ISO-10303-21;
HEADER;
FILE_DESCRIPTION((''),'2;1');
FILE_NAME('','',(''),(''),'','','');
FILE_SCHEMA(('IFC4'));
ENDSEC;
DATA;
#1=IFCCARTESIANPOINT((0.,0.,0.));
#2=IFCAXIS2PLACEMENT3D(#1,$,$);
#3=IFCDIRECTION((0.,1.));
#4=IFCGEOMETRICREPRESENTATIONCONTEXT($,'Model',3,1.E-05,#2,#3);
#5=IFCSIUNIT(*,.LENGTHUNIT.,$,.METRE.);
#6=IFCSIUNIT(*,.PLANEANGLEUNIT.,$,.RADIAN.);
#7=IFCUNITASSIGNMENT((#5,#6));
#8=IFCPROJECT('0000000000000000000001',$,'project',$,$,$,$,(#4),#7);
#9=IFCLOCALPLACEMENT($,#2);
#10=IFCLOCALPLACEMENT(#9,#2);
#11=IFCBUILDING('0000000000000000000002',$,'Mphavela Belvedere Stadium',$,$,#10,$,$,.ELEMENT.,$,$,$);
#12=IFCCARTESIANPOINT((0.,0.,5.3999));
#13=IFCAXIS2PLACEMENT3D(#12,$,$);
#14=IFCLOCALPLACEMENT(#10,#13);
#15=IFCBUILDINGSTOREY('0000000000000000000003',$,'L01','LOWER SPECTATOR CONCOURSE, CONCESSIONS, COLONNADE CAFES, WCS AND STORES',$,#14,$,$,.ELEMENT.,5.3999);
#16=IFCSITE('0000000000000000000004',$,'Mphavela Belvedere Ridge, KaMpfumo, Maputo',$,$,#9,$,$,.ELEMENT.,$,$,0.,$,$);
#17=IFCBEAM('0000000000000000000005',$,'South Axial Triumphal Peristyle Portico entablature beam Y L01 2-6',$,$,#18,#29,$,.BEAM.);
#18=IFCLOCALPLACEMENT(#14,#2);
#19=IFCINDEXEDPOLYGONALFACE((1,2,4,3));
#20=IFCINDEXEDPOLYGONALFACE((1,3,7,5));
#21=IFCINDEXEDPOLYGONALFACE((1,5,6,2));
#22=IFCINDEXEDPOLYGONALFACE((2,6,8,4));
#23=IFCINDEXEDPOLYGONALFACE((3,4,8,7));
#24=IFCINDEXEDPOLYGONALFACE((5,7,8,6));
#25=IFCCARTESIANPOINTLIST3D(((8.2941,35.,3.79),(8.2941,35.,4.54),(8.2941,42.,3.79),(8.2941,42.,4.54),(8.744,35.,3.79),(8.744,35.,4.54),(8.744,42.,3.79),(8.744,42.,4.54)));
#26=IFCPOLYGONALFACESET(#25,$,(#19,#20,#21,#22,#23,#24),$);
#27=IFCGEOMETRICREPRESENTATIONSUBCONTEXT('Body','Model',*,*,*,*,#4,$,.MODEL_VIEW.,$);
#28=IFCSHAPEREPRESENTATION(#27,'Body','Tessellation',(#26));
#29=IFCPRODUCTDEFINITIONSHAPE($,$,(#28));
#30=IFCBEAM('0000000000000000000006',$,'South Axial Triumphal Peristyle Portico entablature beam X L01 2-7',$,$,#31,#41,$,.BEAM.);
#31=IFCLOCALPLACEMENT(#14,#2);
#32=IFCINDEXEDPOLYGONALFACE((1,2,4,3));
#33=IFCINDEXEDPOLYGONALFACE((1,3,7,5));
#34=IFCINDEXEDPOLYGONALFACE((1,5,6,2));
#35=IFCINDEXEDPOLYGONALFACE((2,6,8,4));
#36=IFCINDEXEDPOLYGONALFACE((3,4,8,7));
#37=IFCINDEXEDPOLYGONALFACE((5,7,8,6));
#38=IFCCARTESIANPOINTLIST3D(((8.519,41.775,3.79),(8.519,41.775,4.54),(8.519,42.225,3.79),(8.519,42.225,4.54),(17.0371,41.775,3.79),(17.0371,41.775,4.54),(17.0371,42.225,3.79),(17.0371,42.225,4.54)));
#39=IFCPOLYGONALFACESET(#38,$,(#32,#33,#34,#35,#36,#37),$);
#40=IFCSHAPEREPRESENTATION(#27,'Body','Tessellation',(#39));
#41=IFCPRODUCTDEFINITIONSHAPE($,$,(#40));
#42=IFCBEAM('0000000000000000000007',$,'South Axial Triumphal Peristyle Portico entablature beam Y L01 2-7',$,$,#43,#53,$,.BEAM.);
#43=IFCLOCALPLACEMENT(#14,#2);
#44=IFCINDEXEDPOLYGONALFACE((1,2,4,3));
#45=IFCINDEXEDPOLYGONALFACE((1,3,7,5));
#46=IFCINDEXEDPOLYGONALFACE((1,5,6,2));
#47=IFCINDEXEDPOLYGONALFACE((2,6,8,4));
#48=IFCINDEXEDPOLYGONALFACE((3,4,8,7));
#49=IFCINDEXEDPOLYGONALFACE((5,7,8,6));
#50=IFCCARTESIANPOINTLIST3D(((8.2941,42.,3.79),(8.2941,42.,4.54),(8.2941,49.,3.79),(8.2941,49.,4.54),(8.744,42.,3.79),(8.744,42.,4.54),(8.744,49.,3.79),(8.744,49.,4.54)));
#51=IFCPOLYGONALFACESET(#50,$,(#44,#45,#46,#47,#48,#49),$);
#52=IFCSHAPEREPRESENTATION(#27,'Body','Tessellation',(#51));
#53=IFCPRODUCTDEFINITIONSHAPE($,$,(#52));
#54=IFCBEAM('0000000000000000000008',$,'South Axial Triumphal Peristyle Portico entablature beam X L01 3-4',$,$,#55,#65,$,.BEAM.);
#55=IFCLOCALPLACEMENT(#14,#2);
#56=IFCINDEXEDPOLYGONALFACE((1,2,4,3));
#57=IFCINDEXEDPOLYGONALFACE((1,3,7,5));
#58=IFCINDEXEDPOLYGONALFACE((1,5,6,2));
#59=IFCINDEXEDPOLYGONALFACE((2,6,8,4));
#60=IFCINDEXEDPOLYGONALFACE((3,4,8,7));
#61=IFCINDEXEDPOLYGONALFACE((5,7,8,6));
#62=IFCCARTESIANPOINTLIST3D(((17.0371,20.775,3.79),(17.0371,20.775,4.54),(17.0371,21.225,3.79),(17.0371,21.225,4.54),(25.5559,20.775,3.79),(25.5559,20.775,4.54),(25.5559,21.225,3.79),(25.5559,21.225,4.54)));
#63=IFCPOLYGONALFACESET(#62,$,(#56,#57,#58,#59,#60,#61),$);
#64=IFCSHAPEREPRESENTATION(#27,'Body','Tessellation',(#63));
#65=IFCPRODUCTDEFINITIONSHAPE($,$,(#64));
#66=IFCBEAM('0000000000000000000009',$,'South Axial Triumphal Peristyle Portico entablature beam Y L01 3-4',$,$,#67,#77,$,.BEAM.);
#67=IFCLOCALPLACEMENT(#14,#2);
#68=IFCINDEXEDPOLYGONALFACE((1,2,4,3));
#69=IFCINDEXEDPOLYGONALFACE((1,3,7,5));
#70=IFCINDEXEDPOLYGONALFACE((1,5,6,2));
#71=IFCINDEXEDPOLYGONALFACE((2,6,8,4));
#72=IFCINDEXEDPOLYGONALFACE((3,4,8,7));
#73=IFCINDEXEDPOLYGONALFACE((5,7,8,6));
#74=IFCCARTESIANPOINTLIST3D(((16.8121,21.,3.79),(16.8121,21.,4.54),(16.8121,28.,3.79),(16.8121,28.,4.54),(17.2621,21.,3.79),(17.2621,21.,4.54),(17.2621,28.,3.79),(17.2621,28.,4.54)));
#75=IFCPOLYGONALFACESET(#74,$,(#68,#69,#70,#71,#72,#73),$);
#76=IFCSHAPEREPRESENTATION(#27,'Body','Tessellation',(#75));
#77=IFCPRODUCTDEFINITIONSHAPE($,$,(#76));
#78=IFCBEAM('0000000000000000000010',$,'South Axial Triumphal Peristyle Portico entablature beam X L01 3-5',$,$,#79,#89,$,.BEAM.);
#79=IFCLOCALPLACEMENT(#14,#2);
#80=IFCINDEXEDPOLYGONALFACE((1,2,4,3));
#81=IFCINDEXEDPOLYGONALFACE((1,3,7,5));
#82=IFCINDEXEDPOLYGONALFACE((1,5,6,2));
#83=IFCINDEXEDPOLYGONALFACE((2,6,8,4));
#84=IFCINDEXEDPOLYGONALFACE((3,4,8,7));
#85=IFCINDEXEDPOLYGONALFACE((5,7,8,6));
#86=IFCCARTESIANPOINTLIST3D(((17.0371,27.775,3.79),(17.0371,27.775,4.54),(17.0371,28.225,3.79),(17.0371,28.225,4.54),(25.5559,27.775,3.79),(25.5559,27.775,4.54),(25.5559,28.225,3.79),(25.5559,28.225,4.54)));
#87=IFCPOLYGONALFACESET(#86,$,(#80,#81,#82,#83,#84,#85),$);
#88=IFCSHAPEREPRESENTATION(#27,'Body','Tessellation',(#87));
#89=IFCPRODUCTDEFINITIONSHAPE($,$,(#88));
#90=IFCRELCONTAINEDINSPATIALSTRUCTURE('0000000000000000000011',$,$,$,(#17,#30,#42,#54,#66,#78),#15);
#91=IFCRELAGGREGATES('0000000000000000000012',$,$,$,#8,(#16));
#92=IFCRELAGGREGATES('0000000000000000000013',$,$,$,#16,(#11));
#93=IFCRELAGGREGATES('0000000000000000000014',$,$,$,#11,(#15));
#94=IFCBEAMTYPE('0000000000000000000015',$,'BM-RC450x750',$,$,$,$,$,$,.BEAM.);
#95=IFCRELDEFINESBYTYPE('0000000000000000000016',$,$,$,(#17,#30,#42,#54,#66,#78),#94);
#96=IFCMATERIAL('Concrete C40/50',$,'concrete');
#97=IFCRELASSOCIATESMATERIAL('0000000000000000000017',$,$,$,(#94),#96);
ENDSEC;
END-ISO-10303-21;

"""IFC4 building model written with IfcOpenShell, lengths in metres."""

from ifc_helpers import new_model, si_unit, direction, frame, origin, origin_2d, place, context, subcontext, project, spatial, rectangle, extrude, material, material_profile, profile_set, type_object, element, save


model = new_model("IFC4")

# Units and contexts
model_context = context("Model", 3, precision=1e-05, world=origin(), true_north=direction((0.0, 1.0)))
body_context = subcontext(model_context, "Body", "Model", "MODEL_VIEW")
ifc_project = project(units=[si_unit("LENGTHUNIT", "METRE"), si_unit("PLANEANGLEUNIT", "RADIAN")], contexts=[model_context])

# Site, building, storey
site_placement = place(None, origin())
site = spatial("IfcSite", under=ifc_project, at=site_placement, Name="Mphavela Belvedere Ridge, KaMpfumo, Maputo", CompositionType="ELEMENT", RefElevation=0.0)
building_placement = place(site_placement, origin())
building = spatial("IfcBuilding", under=site, at=building_placement, Name="Mphavela Belvedere Stadium", CompositionType="ELEMENT")
storey_placement = place(building_placement, frame((0.0, 0.0, 5.3999)))
storey = spatial("IfcBuildingStorey", under=building, at=storey_placement, Name="L01", Description="LOWER SPECTATOR CONCOURSE, CONCESSIONS, COLONNADE CAFES, WCS AND STORES", CompositionType="ELEMENT", Elevation=5.3999)

# Beams
ifc_material_1 = material(Name="Concrete C40/50", Category="concrete")
ifc_material_profile_1 = material_profile(ifc_material_1, rectangle(XDim=0.45, YDim=0.75, at=origin_2d()), Name="RC 450x750")
ifc_profile_set_1 = profile_set([ifc_material_profile_1], Name="Concrete C40/50")
beam_type_1 = type_object("IfcBeamType", Name="BM-RC450x750", PredefinedType="BEAM", material=ifc_profile_set_1)
beam_1_placement = place(storey_placement, frame((8.519, 35.0, 4.165), z_axis=(0.0, 1.0, 0.0), x_axis=(-1.0, 0.0, 0.0)))
element("IfcBeam", 1, at=beam_1_placement, inside=storey, type_object=beam_type_1, Name="South Axial Triumphal Peristyle Portico entablature beam Y L01 2-6", PredefinedType="BEAM", context=body_context, shape_type="SweptSolid", body=[
    extrude(rectangle(XDim=0.45, YDim=0.75, at=origin_2d()), origin(), (0.0, 0.0, 1.0), 7.0),
])
beam_2_placement = place(storey_placement, frame((8.519, 42.0, 4.165), z_axis=(1.0, 0.0, 0.0), x_axis=(0.0, 1.0, 0.0)))
element("IfcBeam", 2, at=beam_2_placement, inside=storey, type_object=beam_type_1, Name="South Axial Triumphal Peristyle Portico entablature beam X L01 2-7", PredefinedType="BEAM", context=body_context, shape_type="SweptSolid", body=[
    extrude(rectangle(XDim=0.45, YDim=0.75, at=origin_2d()), origin(), (0.0, 0.0, 1.0), 8.5181),
])
beam_3_placement = place(storey_placement, frame((8.519, 42.0, 4.165), z_axis=(0.0, 1.0, 0.0), x_axis=(-1.0, 0.0, 0.0)))
element("IfcBeam", 3, at=beam_3_placement, inside=storey, type_object=beam_type_1, Name="South Axial Triumphal Peristyle Portico entablature beam Y L01 2-7", PredefinedType="BEAM", context=body_context, shape_type="SweptSolid", body=[
    extrude(rectangle(XDim=0.45, YDim=0.75, at=origin_2d()), origin(), (0.0, 0.0, 1.0), 7.0),
])
beam_4_placement = place(storey_placement, frame((17.0371, 21.0, 4.165), z_axis=(1.0, 0.0, 0.0), x_axis=(0.0, 1.0, 0.0)))
element("IfcBeam", 4, at=beam_4_placement, inside=storey, type_object=beam_type_1, Name="South Axial Triumphal Peristyle Portico entablature beam X L01 3-4", PredefinedType="BEAM", context=body_context, shape_type="SweptSolid", body=[
    extrude(rectangle(XDim=0.45, YDim=0.75, at=origin_2d()), origin(), (0.0, 0.0, 1.0), 8.5188),
])
beam_5_placement = place(storey_placement, frame((17.0371, 21.0, 4.165), z_axis=(0.0, 1.0, 0.0), x_axis=(-1.0, 0.0, 0.0)))
element("IfcBeam", 5, at=beam_5_placement, inside=storey, type_object=beam_type_1, Name="South Axial Triumphal Peristyle Portico entablature beam Y L01 3-4", PredefinedType="BEAM", context=body_context, shape_type="SweptSolid", body=[
    extrude(rectangle(XDim=0.45, YDim=0.75, at=origin_2d()), origin(), (0.0, 0.0, 1.0), 7.0),
])
beam_6_placement = place(storey_placement, frame((17.0371, 28.0, 4.165), z_axis=(1.0, 0.0, 0.0), x_axis=(0.0, 1.0, 0.0)))
element("IfcBeam", 6, at=beam_6_placement, inside=storey, type_object=beam_type_1, Name="South Axial Triumphal Peristyle Portico entablature beam X L01 3-5", PredefinedType="BEAM", context=body_context, shape_type="SweptSolid", body=[
    extrude(rectangle(XDim=0.45, YDim=0.75, at=origin_2d()), origin(), (0.0, 0.0, 1.0), 8.5188),
])

save(model, "model.ifc")
